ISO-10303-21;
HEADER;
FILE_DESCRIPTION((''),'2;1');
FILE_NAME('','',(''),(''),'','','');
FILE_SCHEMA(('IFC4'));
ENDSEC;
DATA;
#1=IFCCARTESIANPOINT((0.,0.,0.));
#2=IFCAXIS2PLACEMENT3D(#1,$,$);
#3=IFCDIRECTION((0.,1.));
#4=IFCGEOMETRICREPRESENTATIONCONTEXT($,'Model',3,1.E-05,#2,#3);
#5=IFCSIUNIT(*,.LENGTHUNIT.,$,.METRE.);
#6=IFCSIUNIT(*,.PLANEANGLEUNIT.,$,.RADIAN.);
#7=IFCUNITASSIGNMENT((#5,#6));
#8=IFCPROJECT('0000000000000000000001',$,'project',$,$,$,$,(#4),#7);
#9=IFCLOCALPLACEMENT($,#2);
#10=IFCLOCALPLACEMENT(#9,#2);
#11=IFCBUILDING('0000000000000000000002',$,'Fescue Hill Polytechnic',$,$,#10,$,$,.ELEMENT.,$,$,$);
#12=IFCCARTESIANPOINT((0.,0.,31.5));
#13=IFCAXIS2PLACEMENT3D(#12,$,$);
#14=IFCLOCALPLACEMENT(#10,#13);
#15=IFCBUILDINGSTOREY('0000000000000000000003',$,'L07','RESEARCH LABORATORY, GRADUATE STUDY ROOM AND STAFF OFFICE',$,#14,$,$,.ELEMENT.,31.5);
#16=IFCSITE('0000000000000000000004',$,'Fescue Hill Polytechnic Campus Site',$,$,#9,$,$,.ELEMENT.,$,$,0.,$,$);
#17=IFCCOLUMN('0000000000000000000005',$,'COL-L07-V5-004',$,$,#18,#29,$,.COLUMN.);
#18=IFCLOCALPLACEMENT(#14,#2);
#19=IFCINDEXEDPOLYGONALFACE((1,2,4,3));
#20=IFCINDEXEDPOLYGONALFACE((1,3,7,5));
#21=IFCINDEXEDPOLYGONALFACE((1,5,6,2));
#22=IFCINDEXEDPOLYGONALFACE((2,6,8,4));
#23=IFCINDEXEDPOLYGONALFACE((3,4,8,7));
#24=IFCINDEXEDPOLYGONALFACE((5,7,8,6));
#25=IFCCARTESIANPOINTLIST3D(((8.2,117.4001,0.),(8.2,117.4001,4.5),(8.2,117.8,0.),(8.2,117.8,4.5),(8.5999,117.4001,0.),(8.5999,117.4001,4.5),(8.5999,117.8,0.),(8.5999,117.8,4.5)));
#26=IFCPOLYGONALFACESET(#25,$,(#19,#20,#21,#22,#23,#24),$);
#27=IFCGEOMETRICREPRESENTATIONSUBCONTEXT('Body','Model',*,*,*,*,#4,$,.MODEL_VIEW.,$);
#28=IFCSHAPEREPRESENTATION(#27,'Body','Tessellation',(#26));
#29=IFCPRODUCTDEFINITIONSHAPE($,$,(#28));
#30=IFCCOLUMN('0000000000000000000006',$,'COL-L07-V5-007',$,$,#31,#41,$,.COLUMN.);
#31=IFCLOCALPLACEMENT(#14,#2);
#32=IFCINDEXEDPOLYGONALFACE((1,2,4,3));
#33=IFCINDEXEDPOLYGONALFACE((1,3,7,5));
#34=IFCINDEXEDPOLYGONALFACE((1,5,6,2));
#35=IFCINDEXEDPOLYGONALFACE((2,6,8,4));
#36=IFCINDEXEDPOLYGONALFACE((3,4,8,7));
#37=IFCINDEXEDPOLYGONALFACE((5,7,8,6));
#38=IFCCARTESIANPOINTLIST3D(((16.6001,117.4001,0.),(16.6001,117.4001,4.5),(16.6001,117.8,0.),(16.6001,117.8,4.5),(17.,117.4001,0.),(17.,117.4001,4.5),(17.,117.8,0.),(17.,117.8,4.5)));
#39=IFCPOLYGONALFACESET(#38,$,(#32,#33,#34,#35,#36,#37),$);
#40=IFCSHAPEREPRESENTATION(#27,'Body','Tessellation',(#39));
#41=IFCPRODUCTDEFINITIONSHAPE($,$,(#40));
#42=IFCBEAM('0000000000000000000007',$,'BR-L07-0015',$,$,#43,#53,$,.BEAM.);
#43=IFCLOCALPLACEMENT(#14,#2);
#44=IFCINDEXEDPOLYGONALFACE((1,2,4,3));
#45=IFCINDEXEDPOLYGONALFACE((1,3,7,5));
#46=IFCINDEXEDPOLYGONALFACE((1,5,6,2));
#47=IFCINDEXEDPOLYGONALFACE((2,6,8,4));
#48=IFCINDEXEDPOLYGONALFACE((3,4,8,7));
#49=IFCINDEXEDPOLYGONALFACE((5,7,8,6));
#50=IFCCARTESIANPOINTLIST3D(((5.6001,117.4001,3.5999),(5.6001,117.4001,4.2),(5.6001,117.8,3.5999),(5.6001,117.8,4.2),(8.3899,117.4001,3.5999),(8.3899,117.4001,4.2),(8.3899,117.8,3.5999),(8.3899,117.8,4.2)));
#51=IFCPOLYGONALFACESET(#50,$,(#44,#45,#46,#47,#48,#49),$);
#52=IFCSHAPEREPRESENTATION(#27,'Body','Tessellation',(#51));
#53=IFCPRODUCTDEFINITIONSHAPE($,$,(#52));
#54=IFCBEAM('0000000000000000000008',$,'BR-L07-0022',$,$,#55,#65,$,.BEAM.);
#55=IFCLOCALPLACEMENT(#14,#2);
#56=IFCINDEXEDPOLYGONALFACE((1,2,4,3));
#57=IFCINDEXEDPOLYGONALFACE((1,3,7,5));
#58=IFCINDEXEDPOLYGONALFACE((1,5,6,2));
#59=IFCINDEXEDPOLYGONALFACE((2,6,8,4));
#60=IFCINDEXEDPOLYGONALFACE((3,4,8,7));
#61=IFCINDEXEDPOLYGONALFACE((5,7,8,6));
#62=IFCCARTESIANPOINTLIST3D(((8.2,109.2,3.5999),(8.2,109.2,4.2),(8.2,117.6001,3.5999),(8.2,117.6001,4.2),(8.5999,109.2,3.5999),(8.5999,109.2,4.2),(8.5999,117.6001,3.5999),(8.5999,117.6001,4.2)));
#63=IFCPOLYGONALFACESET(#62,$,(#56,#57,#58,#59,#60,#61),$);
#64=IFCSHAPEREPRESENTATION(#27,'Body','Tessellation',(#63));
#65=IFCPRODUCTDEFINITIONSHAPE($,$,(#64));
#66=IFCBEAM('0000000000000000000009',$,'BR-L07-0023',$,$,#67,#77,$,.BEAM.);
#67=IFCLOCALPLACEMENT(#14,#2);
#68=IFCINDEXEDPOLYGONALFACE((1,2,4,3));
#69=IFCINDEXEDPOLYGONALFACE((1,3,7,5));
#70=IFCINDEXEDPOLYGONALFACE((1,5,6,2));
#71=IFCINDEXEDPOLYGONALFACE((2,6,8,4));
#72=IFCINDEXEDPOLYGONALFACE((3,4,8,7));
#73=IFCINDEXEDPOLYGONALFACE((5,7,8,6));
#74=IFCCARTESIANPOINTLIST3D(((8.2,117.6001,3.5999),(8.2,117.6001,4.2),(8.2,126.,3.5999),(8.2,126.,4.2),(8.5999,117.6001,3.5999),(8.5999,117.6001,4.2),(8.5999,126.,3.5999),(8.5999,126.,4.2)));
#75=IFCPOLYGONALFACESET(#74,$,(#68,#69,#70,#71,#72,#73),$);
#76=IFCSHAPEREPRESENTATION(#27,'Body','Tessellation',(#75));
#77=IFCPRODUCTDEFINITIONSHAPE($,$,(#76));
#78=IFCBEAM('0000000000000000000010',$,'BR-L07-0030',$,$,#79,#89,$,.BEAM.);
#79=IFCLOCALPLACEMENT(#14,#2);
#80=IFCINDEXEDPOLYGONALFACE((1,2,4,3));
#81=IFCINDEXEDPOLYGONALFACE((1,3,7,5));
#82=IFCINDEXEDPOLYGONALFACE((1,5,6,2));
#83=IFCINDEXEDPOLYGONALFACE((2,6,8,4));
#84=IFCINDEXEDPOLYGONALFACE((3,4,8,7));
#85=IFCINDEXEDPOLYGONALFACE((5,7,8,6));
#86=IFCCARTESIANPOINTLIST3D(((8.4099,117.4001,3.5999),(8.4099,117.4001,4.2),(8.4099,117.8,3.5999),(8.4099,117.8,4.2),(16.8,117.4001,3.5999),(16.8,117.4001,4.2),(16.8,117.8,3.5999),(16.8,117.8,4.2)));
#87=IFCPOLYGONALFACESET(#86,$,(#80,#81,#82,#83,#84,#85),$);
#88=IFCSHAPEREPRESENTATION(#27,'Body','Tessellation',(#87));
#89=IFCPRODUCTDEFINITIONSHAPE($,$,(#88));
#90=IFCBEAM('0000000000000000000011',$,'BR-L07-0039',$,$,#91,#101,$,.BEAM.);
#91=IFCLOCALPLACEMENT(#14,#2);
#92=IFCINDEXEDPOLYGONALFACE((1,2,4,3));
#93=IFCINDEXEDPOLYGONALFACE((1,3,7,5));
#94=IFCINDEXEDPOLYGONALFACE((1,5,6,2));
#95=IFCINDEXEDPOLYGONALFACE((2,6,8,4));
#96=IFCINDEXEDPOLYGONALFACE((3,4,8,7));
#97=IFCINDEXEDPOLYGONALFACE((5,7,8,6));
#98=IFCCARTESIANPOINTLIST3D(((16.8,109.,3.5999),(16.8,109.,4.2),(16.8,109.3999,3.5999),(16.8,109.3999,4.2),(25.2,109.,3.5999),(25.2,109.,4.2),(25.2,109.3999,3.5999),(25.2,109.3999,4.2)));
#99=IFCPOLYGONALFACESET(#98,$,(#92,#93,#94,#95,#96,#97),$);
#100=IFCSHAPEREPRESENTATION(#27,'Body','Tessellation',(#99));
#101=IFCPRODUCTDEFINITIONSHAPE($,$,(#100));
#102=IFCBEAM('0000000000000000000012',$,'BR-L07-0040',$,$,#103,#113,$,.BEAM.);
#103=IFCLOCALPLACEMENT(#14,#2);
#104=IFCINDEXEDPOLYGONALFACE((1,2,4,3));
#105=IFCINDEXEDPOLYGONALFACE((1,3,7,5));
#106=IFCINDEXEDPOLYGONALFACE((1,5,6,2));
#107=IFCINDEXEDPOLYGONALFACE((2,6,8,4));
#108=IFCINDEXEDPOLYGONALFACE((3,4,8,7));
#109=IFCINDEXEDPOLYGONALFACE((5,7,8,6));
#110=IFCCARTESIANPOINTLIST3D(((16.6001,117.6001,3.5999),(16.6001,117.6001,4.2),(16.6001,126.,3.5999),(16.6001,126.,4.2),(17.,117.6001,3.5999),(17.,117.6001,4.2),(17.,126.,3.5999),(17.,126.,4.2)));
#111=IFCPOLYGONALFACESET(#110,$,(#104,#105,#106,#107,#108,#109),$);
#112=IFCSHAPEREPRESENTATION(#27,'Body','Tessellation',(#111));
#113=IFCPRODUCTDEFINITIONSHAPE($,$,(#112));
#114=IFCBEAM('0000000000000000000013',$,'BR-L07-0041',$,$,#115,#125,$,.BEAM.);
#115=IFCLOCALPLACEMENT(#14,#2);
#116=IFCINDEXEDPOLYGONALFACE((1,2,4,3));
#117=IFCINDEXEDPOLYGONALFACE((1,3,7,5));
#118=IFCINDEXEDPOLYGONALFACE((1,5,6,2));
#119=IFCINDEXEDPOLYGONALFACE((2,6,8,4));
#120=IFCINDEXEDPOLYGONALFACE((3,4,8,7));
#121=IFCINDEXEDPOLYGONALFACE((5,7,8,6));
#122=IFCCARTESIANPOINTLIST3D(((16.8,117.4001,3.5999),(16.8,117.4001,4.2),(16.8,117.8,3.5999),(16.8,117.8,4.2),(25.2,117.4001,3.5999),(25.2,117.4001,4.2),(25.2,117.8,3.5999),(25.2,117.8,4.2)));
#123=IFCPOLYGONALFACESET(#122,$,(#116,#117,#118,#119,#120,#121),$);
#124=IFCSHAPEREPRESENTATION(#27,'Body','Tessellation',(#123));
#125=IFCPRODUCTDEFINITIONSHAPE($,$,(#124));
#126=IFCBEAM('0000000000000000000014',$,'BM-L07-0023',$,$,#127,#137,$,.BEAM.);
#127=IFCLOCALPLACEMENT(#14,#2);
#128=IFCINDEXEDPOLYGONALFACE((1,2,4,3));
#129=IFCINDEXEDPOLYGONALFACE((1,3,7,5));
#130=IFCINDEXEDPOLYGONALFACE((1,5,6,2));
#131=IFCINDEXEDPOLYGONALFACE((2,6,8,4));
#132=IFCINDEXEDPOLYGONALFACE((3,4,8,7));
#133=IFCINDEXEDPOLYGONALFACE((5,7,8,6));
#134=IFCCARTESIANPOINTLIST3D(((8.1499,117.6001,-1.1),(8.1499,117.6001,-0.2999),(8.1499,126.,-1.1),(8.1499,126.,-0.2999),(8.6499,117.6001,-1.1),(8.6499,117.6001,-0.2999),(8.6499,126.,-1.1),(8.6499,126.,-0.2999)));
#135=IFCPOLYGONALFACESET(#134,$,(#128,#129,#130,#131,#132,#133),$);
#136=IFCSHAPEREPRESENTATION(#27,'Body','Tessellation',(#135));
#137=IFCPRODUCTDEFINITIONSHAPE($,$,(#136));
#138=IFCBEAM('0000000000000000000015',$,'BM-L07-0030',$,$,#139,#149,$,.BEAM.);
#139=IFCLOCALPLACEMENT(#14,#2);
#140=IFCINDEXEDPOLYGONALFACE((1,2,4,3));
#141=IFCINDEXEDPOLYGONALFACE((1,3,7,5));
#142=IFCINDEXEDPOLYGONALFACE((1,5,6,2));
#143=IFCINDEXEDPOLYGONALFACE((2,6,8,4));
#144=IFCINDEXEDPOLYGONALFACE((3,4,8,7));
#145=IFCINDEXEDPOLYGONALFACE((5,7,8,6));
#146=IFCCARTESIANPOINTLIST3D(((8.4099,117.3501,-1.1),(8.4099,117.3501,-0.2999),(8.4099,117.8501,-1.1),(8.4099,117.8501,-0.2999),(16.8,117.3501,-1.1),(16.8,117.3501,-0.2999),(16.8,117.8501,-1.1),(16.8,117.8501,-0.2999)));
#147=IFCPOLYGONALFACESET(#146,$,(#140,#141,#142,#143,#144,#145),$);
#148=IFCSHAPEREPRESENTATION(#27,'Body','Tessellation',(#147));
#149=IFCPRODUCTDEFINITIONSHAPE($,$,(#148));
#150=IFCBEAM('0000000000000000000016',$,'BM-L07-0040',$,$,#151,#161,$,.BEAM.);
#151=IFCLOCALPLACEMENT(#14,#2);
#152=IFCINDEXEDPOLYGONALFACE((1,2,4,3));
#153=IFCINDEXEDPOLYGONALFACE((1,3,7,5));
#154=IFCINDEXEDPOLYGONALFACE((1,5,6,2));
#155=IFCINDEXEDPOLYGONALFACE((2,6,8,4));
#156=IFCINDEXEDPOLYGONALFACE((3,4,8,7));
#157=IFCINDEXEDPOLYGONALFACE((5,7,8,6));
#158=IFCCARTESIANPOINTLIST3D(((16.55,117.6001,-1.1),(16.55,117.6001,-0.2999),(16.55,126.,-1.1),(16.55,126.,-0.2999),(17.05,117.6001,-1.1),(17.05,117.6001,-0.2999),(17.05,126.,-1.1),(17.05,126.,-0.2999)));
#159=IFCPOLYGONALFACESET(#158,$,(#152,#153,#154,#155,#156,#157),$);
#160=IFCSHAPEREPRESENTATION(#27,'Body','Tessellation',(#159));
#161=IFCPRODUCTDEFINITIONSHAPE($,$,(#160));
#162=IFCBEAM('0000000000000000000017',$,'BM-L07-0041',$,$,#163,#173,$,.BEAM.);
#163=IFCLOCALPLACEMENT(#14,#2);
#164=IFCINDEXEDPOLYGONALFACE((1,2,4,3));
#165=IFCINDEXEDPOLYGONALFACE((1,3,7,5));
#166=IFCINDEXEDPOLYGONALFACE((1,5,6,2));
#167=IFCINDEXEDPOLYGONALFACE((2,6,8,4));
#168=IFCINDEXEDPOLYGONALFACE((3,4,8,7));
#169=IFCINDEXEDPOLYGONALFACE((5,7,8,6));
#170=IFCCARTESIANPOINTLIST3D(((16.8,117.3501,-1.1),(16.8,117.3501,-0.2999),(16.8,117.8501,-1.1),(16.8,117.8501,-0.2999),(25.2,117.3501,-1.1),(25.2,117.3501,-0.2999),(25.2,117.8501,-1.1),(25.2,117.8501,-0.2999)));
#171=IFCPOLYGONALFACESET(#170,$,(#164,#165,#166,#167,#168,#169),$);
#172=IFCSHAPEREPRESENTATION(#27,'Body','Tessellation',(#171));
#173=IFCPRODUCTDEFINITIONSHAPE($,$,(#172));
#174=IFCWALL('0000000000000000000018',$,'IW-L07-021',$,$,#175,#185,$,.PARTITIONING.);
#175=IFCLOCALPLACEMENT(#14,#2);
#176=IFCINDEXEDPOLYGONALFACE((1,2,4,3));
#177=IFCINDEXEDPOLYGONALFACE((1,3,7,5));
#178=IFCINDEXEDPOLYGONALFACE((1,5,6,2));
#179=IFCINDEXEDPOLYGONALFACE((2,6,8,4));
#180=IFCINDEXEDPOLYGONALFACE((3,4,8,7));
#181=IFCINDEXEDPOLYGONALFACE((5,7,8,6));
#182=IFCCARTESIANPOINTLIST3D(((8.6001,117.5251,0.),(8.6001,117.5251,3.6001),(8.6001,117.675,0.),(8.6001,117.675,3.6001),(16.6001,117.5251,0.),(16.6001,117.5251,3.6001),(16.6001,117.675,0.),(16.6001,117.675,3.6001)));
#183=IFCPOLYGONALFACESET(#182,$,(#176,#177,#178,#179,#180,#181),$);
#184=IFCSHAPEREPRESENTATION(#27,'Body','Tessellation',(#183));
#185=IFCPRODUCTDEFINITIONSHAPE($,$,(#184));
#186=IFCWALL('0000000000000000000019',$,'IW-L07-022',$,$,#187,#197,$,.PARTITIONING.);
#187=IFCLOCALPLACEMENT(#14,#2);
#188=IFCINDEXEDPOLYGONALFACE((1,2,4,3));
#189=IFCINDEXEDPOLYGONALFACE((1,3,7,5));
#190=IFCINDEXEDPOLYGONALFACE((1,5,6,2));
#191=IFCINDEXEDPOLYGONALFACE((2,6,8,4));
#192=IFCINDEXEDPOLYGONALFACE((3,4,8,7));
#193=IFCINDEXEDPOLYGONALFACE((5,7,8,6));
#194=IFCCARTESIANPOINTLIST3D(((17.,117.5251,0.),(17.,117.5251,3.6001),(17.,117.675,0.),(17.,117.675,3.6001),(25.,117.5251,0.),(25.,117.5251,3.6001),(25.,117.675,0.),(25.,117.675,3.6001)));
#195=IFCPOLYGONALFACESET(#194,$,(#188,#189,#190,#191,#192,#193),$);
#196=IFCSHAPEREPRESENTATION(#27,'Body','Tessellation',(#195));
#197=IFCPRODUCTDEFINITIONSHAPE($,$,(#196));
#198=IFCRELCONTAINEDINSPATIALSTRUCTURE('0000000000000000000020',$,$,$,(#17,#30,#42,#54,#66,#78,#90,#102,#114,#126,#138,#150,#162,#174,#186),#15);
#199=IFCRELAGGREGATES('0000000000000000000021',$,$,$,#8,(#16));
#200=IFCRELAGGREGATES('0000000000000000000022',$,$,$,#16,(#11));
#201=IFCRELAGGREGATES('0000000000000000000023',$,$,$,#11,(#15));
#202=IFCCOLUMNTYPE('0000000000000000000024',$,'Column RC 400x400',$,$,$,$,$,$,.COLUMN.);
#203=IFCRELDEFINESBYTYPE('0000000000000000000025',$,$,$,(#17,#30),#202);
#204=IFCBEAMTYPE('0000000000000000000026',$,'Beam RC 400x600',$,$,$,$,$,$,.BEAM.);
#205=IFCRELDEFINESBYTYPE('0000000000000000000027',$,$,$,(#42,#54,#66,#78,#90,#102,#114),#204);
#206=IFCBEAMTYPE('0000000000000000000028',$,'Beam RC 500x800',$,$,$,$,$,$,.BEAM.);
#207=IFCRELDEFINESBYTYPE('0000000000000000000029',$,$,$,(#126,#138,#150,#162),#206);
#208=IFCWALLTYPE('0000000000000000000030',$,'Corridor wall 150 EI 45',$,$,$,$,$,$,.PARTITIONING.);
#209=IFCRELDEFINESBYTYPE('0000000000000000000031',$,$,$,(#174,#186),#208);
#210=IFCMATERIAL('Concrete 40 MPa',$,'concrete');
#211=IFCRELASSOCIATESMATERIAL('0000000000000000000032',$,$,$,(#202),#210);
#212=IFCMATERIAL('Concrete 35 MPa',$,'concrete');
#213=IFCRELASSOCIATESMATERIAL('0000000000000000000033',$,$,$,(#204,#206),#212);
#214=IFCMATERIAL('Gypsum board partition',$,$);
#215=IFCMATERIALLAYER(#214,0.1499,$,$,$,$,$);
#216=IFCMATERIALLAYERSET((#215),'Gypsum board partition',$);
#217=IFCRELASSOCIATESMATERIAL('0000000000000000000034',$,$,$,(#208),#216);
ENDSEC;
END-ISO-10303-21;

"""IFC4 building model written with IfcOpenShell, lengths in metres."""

from ifc_helpers import new_model, si_unit, direction, frame, frame_2d, origin, origin_2d, place, context, subcontext, project, spatial, rectangle, extrude, material, layer, layer_set, material_profile, profile_set, type_object, element, save


model = new_model("IFC4")

# Units and contexts
model_context = context("Model", 3, precision=1e-05, world=origin(), true_north=direction((0.0, 1.0)))
body_context = subcontext(model_context, "Body", "Model", "MODEL_VIEW")
ifc_project = project(units=[si_unit("LENGTHUNIT", "METRE"), si_unit("PLANEANGLEUNIT", "RADIAN")], contexts=[model_context])

# Site, building, storey
site_placement = place(None, origin())
site = spatial("IfcSite", under=ifc_project, at=site_placement, Name="Fescue Hill Polytechnic Campus Site", CompositionType="ELEMENT", RefElevation=0.0)
building_placement = place(site_placement, origin())
building = spatial("IfcBuilding", under=site, at=building_placement, Name="Fescue Hill Polytechnic", CompositionType="ELEMENT")
storey_placement = place(building_placement, frame((0.0, 0.0, 31.5)))
storey = spatial("IfcBuildingStorey", under=building, at=storey_placement, Name="L07", Description="RESEARCH LABORATORY, GRADUATE STUDY ROOM AND STAFF OFFICE", CompositionType="ELEMENT", Elevation=31.5)

# Columns
ifc_material_1 = material(Name="Concrete 40 MPa", Category="concrete")
ifc_material_profile_1 = material_profile(ifc_material_1, rectangle(XDim=0.3999, YDim=0.3999, at=origin_2d()), Name="RC 400x400")
ifc_profile_set_1 = profile_set([ifc_material_profile_1], Name="Concrete 40 MPa")
column_type = type_object("IfcColumnType", Name="Column RC 400x400", PredefinedType="COLUMN", material=ifc_profile_set_1)
for number, where, z_axis, x_axis, name in (
    (1, (8.3999, 117.6001, 0.0), (0.0, 0.0, 1.0), (1.0, 0.0, 0.0), "COL-L07-V5-004"),
    (2, (16.8, 117.6001, 0.0), (0.0, 0.0, 1.0), (1.0, 0.0, 0.0), "COL-L07-V5-007"),
):
    element("IfcColumn", number, at=place(storey_placement, frame(where, z_axis=z_axis, x_axis=x_axis)), inside=storey, type_object=column_type, Name=name, PredefinedType="COLUMN", context=body_context, shape_type="SweptSolid", body=[
        extrude(rectangle(XDim=0.3999, YDim=0.3999, at=origin_2d()), origin(), (0.0, 0.0, 1.0), 4.5),
    ])

# Beams
ifc_material_2 = material(Name="Concrete 35 MPa", Category="concrete")
ifc_material_profile_2 = material_profile(ifc_material_2, rectangle(XDim=0.3999, YDim=0.6001, at=origin_2d()), Name="RC 400x600")
ifc_profile_set_2 = profile_set([ifc_material_profile_2], Name="Concrete 35 MPa")
beam_type_1 = type_object("IfcBeamType", Name="Beam RC 400x600", PredefinedType="BEAM", material=ifc_profile_set_2)
beam_1_placement = place(storey_placement, frame((5.6001, 117.6001, 3.8999), z_axis=(1.0, 0.0, 0.0), x_axis=(0.0, 1.0, 0.0)))
element("IfcBeam", 3, at=beam_1_placement, inside=storey, type_object=beam_type_1, Name="BR-L07-0015", PredefinedType="BEAM", context=body_context, shape_type="SweptSolid", body=[
    extrude(rectangle(XDim=0.3999, YDim=0.6001, at=origin_2d()), origin(), (0.0, 0.0, 1.0), 2.7898),
])
beam_2_placement = place(storey_placement, frame((8.3999, 109.2, 3.8999), z_axis=(0.0, 1.0, 0.0), x_axis=(-1.0, 0.0, 0.0)))
element("IfcBeam", 4, at=beam_2_placement, inside=storey, type_object=beam_type_1, Name="BR-L07-0022", PredefinedType="BEAM", context=body_context, shape_type="SweptSolid", body=[
    extrude(rectangle(XDim=0.3999, YDim=0.6001, at=origin_2d()), origin(), (0.0, 0.0, 1.0), 8.4001),
])
beam_3_placement = place(storey_placement, frame((8.3999, 117.6001, 3.8999), z_axis=(0.0, 1.0, 0.0), x_axis=(-1.0, 0.0, 0.0)))
element("IfcBeam", 5, at=beam_3_placement, inside=storey, type_object=beam_type_1, Name="BR-L07-0023", PredefinedType="BEAM", context=body_context, shape_type="SweptSolid", body=[
    extrude(rectangle(XDim=0.3999, YDim=0.6001, at=origin_2d()), origin(), (0.0, 0.0, 1.0), 8.3999),
])
beam_4_placement = place(storey_placement, frame((8.4099, 117.6001, 3.8999), z_axis=(1.0, 0.0, 0.0), x_axis=(0.0, 1.0, 0.0)))
element("IfcBeam", 6, at=beam_4_placement, inside=storey, type_object=beam_type_1, Name="BR-L07-0030", PredefinedType="BEAM", context=body_context, shape_type="SweptSolid", body=[
    extrude(rectangle(XDim=0.3999, YDim=0.6001, at=origin_2d()), origin(), (0.0, 0.0, 1.0), 8.3901),
])
for number, where, z_axis, x_axis, name in (
    (7, (16.8, 109.2, 3.8999), (1.0, 0.0, 0.0), (0.0, 1.0, 0.0), "BR-L07-0039"),
    (8, (16.8, 117.6001, 3.8999), (0.0, 1.0, 0.0), (-1.0, 0.0, 0.0), "BR-L07-0040"),
    (9, (16.8, 117.6001, 3.8999), (1.0, 0.0, 0.0), (0.0, 1.0, 0.0), "BR-L07-0041"),
):
    element("IfcBeam", number, at=place(storey_placement, frame(where, z_axis=z_axis, x_axis=x_axis)), inside=storey, type_object=beam_type_1, Name=name, PredefinedType="BEAM", context=body_context, shape_type="SweptSolid", body=[
        extrude(rectangle(XDim=0.3999, YDim=0.6001, at=origin_2d()), origin(), (0.0, 0.0, 1.0), 8.3999),
    ])
ifc_material_profile_3 = material_profile(ifc_material_2, rectangle(XDim=0.5, YDim=0.8, at=origin_2d()), Name="RC 500x800")
ifc_profile_set_3 = profile_set([ifc_material_profile_3], Name="Concrete 35 MPa")
beam_type_2 = type_object("IfcBeamType", Name="Beam RC 500x800", PredefinedType="BEAM", material=ifc_profile_set_3)
beam_5_placement = place(storey_placement, frame((8.3999, 117.6001, -0.7), z_axis=(0.0, 1.0, 0.0), x_axis=(-1.0, 0.0, 0.0)))
element("IfcBeam", 10, at=beam_5_placement, inside=storey, type_object=beam_type_2, Name="BM-L07-0023", PredefinedType="BEAM", context=body_context, shape_type="SweptSolid", body=[
    extrude(rectangle(XDim=0.5, YDim=0.8, at=origin_2d()), origin(), (0.0, 0.0, 1.0), 8.3999),
])
beam_6_placement = place(storey_placement, frame((8.4099, 117.6001, -0.7), z_axis=(1.0, 0.0, 0.0), x_axis=(0.0, 1.0, 0.0)))
element("IfcBeam", 11, at=beam_6_placement, inside=storey, type_object=beam_type_2, Name="BM-L07-0030", PredefinedType="BEAM", context=body_context, shape_type="SweptSolid", body=[
    extrude(rectangle(XDim=0.5, YDim=0.8, at=origin_2d()), origin(), (0.0, 0.0, 1.0), 8.3901),
])
for number, where, z_axis, x_axis, name in (
    (12, (16.8, 117.6001, -0.7), (0.0, 1.0, 0.0), (-1.0, 0.0, 0.0), "BM-L07-0040"),
    (13, (16.8, 117.6001, -0.7), (1.0, 0.0, 0.0), (0.0, 1.0, 0.0), "BM-L07-0041"),
):
    element("IfcBeam", number, at=place(storey_placement, frame(where, z_axis=z_axis, x_axis=x_axis)), inside=storey, type_object=beam_type_2, Name=name, PredefinedType="BEAM", context=body_context, shape_type="SweptSolid", body=[
        extrude(rectangle(XDim=0.5, YDim=0.8, at=origin_2d()), origin(), (0.0, 0.0, 1.0), 8.3999),
    ])

# Walls
ifc_material_3 = material(Name="Gypsum board partition")
ifc_layer_1 = layer(ifc_material_3, 0.1499)
ifc_layer_set_1 = layer_set([ifc_layer_1], Name="Gypsum board partition")
wall_type_1 = type_object("IfcWallType", Name="Corridor wall 150 EI 45", PredefinedType="PARTITIONING", material=ifc_layer_set_1)
for number, where, z_axis, x_axis, name in (
    (14, (8.6001, 117.6001, 0.0), (0.0, 0.0, 1.0), (1.0, 0.0, 0.0), "IW-L07-021"),
    (15, (17.0, 117.6001, 0.0), (0.0, 0.0, 1.0), (1.0, 0.0, 0.0), "IW-L07-022"),
):
    element("IfcWall", number, at=place(storey_placement, frame(where, z_axis=z_axis, x_axis=x_axis)), inside=storey, type_object=wall_type_1, Name=name, PredefinedType="PARTITIONING", context=body_context, shape_type="SweptSolid", body=[
        extrude(rectangle(XDim=8.0, YDim=0.1499, at=frame_2d((4.0, 0.0))), origin(), (0.0, 0.0, 1.0), 3.6001),
    ])

save(model, "model.ifc")
